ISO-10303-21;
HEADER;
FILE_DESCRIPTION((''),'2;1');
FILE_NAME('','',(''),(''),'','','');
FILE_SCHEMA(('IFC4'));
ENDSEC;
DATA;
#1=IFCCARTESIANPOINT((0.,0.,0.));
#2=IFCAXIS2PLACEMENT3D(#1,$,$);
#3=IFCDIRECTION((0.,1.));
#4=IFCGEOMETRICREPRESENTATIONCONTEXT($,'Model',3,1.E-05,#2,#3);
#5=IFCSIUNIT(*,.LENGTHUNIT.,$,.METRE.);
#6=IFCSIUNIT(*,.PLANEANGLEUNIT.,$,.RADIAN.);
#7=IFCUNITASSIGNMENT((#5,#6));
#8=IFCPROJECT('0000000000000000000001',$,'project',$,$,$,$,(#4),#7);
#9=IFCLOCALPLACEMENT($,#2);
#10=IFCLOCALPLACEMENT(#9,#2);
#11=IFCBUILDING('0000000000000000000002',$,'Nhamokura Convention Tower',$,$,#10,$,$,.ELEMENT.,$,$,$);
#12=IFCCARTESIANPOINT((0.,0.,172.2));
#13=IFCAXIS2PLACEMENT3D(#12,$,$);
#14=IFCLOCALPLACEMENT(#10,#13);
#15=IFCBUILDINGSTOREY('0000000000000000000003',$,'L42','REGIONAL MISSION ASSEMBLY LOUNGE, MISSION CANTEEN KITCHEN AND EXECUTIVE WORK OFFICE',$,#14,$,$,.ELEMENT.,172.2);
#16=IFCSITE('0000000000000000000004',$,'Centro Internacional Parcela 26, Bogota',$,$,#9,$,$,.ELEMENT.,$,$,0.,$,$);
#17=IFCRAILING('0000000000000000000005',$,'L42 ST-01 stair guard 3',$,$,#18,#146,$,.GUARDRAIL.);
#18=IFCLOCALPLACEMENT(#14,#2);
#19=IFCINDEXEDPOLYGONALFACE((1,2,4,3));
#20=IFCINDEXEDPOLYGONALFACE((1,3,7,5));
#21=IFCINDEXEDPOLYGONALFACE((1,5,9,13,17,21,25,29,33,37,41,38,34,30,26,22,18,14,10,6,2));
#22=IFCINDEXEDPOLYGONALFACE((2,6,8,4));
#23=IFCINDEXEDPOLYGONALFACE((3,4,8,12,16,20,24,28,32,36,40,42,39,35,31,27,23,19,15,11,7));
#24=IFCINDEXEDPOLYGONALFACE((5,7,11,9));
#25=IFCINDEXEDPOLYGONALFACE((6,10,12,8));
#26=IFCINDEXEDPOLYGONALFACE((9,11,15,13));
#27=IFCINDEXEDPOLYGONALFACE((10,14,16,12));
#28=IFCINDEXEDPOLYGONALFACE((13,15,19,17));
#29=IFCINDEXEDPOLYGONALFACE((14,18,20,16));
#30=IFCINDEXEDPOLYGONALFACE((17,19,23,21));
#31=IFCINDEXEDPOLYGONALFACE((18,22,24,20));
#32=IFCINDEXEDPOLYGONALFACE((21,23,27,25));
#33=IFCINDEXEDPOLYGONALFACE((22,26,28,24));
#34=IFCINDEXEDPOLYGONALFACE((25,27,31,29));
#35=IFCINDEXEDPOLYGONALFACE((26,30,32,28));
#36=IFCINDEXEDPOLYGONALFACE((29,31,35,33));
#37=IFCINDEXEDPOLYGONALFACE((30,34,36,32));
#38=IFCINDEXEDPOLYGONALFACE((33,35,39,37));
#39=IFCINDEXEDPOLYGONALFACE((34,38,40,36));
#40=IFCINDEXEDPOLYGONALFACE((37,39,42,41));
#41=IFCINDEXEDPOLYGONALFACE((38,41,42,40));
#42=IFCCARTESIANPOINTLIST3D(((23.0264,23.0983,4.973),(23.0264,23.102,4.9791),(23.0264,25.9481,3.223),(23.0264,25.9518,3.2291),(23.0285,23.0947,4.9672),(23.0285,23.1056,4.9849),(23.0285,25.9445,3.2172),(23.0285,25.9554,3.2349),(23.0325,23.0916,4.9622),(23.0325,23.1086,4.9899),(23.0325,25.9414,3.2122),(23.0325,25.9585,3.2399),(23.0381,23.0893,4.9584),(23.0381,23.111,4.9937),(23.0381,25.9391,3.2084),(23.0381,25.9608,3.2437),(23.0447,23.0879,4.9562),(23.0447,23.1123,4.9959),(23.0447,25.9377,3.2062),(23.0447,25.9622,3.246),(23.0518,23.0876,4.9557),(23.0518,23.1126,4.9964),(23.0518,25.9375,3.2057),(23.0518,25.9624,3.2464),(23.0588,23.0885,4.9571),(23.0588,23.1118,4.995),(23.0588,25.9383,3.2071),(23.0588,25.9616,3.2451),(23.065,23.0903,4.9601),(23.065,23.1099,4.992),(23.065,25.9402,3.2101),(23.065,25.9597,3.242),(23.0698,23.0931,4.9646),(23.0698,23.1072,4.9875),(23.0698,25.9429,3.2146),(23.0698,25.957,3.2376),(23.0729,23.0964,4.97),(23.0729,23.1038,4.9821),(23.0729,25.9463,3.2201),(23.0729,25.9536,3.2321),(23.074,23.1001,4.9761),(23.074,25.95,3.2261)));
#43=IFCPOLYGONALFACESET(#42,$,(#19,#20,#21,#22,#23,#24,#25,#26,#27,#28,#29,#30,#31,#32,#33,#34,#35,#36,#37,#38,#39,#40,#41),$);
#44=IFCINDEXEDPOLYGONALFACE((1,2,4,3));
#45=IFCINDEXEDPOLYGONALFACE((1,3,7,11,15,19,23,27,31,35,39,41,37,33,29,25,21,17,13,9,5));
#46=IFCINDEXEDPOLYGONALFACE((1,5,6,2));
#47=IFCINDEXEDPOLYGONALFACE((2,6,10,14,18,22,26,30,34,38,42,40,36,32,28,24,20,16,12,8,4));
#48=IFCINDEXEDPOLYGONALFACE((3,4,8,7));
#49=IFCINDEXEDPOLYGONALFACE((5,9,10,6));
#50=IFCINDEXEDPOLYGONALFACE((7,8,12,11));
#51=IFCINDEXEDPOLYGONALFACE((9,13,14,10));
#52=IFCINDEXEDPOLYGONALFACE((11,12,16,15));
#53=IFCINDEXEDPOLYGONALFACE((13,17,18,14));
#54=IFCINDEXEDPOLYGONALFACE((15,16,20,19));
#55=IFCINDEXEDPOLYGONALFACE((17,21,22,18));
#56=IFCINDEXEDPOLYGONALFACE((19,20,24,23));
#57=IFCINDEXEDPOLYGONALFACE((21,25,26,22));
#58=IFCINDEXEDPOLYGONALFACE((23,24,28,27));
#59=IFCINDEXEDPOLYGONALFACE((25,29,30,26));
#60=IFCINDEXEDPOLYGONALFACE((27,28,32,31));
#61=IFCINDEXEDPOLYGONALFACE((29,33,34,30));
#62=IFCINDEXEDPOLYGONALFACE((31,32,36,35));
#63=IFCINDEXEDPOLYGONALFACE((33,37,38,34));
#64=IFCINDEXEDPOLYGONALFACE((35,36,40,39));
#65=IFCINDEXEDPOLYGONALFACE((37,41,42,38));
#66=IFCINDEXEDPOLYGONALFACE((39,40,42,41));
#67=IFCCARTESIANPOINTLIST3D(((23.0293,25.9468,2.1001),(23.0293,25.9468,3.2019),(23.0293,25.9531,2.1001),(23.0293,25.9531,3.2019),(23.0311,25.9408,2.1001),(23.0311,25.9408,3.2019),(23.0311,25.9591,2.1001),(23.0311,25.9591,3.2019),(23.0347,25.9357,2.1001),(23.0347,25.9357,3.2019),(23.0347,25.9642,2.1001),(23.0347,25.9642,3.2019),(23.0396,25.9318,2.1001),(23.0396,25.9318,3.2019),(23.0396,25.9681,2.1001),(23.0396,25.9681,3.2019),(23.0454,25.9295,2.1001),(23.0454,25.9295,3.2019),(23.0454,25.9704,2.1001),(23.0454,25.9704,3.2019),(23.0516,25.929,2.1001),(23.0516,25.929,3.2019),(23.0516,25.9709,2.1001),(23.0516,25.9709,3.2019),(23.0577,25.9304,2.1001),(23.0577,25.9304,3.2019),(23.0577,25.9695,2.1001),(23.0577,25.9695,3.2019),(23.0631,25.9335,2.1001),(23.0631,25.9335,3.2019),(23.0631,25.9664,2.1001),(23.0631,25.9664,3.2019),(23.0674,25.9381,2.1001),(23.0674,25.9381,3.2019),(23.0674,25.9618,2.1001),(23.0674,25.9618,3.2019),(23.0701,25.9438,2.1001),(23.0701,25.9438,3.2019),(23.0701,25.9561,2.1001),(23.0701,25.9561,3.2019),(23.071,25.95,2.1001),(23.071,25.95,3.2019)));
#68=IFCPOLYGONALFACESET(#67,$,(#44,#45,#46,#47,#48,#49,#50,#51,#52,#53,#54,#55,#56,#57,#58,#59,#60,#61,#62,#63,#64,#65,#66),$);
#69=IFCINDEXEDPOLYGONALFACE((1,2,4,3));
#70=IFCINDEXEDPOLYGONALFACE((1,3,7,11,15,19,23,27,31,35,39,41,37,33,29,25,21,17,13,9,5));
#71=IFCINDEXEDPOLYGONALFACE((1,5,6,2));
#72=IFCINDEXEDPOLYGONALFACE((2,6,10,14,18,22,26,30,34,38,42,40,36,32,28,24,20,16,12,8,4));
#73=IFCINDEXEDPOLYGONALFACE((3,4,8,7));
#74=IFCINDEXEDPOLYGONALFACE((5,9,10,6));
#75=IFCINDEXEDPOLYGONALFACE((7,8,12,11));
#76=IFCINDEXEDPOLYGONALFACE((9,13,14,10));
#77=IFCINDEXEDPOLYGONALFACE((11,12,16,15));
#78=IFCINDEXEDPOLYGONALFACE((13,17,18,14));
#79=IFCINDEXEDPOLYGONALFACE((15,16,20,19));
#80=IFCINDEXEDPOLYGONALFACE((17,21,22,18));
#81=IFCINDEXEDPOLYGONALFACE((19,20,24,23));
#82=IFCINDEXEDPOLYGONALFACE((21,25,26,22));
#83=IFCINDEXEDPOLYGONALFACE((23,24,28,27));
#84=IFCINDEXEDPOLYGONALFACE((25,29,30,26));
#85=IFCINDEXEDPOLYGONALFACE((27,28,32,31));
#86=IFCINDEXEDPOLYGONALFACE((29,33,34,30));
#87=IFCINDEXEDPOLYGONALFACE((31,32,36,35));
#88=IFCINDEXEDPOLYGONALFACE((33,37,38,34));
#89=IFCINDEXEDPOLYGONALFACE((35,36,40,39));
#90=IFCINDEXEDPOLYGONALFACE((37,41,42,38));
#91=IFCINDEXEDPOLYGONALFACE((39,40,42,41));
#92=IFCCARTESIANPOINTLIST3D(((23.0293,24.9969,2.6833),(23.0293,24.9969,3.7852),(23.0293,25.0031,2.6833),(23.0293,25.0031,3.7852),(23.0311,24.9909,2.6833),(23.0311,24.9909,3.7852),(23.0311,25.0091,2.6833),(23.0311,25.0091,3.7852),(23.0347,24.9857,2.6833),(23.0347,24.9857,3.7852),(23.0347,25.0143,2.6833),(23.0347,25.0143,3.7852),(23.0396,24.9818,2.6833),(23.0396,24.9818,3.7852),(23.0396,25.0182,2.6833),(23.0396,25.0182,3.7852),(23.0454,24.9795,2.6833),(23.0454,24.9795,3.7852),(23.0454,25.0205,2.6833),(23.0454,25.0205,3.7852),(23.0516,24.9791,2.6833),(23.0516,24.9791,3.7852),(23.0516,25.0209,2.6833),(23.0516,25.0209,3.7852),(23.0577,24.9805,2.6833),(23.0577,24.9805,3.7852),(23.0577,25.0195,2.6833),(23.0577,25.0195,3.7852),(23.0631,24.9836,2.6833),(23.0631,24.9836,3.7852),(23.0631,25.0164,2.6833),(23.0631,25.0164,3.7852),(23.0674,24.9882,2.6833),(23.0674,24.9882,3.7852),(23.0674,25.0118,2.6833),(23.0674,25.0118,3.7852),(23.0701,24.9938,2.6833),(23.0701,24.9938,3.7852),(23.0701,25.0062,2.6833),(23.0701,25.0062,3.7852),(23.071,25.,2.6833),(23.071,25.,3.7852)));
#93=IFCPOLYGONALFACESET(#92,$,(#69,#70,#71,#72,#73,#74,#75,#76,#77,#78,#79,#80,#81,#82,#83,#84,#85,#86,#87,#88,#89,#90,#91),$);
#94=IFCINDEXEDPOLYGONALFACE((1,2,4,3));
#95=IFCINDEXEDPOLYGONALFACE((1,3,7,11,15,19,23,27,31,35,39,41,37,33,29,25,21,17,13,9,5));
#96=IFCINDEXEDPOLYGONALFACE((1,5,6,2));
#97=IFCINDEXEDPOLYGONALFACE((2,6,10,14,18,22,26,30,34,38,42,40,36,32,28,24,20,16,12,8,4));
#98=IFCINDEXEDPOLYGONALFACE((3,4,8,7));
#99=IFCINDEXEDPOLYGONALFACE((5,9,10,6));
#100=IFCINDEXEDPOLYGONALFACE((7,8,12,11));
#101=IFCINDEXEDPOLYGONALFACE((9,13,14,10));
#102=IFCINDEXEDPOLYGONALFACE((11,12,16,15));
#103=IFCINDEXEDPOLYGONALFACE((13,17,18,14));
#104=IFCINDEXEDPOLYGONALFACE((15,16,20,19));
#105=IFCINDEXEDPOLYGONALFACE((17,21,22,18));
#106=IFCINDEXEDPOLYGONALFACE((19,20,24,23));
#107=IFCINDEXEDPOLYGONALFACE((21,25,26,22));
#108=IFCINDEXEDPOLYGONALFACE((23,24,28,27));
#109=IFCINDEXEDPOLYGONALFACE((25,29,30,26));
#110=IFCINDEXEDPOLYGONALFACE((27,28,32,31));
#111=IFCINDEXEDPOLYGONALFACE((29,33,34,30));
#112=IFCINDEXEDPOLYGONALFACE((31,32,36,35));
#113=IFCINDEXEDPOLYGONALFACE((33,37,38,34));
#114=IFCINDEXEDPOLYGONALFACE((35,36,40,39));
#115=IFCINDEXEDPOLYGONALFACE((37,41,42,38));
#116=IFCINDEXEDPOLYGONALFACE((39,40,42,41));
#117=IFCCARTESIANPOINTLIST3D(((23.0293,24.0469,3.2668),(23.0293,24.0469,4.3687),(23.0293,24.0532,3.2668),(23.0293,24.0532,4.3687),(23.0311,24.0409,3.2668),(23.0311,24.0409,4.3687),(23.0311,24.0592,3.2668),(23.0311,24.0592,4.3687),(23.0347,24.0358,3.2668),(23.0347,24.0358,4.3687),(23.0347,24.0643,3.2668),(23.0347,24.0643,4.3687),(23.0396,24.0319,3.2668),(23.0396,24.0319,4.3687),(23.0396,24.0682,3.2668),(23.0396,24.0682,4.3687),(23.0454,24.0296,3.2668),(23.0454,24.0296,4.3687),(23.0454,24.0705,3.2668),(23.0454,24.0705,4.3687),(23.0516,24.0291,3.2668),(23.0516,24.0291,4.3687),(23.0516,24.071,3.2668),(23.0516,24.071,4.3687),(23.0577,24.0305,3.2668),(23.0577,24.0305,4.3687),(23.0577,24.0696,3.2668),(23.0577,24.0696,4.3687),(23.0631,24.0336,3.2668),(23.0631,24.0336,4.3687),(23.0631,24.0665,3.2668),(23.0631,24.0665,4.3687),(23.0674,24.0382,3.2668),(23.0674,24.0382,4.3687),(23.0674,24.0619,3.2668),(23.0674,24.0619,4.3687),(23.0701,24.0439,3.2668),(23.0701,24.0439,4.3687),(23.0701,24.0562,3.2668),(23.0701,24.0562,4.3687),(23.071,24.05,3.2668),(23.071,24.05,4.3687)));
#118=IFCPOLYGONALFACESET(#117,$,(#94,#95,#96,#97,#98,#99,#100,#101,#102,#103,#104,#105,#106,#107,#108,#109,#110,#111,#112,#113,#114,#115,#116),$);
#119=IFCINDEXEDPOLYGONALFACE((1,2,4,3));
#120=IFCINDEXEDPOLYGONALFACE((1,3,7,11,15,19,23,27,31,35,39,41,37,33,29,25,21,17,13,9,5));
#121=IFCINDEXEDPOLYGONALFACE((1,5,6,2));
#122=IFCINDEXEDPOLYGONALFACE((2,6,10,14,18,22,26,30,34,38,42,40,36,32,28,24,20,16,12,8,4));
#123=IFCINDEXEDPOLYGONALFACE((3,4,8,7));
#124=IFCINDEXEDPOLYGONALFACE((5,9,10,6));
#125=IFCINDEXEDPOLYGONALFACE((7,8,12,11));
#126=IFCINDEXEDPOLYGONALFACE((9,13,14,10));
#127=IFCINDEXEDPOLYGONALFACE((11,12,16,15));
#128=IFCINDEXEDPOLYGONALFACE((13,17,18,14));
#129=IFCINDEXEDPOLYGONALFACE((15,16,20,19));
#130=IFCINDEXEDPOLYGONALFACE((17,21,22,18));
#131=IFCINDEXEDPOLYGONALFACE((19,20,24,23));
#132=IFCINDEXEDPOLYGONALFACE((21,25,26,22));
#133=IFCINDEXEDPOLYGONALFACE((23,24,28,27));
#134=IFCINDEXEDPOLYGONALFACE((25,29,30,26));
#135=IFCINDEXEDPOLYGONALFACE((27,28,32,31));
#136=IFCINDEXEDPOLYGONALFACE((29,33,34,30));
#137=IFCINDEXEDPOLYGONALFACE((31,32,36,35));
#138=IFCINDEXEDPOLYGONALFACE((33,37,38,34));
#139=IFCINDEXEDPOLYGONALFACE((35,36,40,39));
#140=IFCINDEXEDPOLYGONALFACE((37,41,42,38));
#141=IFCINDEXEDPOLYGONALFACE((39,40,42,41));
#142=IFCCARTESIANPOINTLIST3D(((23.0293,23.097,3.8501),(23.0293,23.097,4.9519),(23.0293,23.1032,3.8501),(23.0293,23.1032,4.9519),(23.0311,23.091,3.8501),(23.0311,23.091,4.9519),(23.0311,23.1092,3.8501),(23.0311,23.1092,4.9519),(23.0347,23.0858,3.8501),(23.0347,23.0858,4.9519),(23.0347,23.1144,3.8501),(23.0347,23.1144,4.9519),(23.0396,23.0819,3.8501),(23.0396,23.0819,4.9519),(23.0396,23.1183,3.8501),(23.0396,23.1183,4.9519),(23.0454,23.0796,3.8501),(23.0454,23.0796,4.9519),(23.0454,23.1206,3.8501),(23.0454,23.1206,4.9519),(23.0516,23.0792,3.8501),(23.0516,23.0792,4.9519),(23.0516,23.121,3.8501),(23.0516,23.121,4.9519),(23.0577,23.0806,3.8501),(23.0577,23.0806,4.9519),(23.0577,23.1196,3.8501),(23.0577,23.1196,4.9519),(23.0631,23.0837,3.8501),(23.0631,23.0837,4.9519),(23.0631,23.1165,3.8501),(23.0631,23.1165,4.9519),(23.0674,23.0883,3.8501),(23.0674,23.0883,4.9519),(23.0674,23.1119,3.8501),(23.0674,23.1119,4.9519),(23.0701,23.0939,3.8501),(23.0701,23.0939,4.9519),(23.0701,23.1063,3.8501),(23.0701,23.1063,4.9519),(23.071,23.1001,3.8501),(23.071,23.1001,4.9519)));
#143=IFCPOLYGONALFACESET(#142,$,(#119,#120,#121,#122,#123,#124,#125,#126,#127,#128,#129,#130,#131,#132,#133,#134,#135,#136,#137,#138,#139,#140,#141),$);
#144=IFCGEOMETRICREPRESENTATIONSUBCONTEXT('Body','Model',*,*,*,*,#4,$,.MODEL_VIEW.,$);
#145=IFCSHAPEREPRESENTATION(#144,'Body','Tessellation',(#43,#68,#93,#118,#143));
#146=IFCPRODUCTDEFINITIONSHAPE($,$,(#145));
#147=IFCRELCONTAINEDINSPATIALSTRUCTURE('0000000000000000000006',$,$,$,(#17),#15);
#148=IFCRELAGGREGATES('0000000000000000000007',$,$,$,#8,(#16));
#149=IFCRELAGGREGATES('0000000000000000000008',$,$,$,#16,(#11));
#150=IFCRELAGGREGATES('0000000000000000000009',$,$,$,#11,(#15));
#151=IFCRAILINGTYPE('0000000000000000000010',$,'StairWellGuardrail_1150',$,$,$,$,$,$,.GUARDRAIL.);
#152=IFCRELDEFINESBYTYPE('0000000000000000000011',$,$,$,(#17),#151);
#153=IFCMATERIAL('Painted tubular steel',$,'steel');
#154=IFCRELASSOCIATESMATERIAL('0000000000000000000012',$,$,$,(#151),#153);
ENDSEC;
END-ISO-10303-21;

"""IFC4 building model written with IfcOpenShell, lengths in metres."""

from ifc_helpers import new_model, si_unit, direction, frame, origin, origin_2d, place, context, subcontext, project, spatial, circle, extrude, material, type_object, element, save


model = new_model("IFC4")

# Units and contexts
model_context = context("Model", 3, precision=1e-05, world=origin(), true_north=direction((0.0, 1.0)))
body_context = subcontext(model_context, "Body", "Model", "MODEL_VIEW")
ifc_project = project(units=[si_unit("LENGTHUNIT", "METRE"), si_unit("PLANEANGLEUNIT", "RADIAN")], contexts=[model_context])

# Site, building, storey
site_placement = place(None, origin())
site = spatial("IfcSite", under=ifc_project, at=site_placement, Name="Centro Internacional Parcela 26, Bogota", CompositionType="ELEMENT", RefElevation=0.0)
building_placement = place(site_placement, origin())
building = spatial("IfcBuilding", under=site, at=building_placement, Name="Nhamokura Convention Tower", CompositionType="ELEMENT")
storey_placement = place(building_placement, frame((0.0, 0.0, 172.2)))
storey = spatial("IfcBuildingStorey", under=building, at=storey_placement, Name="L42", Description="REGIONAL MISSION ASSEMBLY LOUNGE, MISSION CANTEEN KITCHEN AND EXECUTIVE WORK OFFICE", CompositionType="ELEMENT", Elevation=172.2)

# Railing
ifc_material_1 = material(Name="Painted tubular steel", Category="steel")
railing_type_1 = type_object("IfcRailingType", Name="StairWellGuardrail_1150", PredefinedType="GUARDRAIL", material=ifc_material_1)
railing_1_placement = place(storey_placement, frame((23.05, 25.95, 2.1001)))
element("IfcRailing", 1, at=railing_1_placement, inside=storey, type_object=railing_type_1, Name="L42 ST-01 stair guard 3", PredefinedType="GUARDRAIL", context=body_context, shape_type="SweptSolid", body=[
    extrude(circle(Radius=0.0239, at=origin_2d()), frame((0.0, 0.0, 1.126), z_axis=(0.0, -0.852159, 0.523283), x_axis=(1.0, 0.0, 0.0)), (0.0, 0.0, 1.0), 3.3442),
    extrude(circle(Radius=0.021, at=origin_2d()), origin(), (0.0, 0.0, 1.0), 1.1018),
    extrude(circle(Radius=0.021, at=origin_2d()), frame((0.0, -0.95, 0.5833)), (0.0, 0.0, 1.0), 1.1018),
    extrude(circle(Radius=0.021, at=origin_2d()), frame((0.0, -1.8999, 1.1667)), (0.0, 0.0, 1.0), 1.1018),
    extrude(circle(Radius=0.021, at=origin_2d()), frame((0.0, -2.8499, 1.75)), (0.0, 0.0, 1.0), 1.1018),
])

save(model, "model.ifc")
